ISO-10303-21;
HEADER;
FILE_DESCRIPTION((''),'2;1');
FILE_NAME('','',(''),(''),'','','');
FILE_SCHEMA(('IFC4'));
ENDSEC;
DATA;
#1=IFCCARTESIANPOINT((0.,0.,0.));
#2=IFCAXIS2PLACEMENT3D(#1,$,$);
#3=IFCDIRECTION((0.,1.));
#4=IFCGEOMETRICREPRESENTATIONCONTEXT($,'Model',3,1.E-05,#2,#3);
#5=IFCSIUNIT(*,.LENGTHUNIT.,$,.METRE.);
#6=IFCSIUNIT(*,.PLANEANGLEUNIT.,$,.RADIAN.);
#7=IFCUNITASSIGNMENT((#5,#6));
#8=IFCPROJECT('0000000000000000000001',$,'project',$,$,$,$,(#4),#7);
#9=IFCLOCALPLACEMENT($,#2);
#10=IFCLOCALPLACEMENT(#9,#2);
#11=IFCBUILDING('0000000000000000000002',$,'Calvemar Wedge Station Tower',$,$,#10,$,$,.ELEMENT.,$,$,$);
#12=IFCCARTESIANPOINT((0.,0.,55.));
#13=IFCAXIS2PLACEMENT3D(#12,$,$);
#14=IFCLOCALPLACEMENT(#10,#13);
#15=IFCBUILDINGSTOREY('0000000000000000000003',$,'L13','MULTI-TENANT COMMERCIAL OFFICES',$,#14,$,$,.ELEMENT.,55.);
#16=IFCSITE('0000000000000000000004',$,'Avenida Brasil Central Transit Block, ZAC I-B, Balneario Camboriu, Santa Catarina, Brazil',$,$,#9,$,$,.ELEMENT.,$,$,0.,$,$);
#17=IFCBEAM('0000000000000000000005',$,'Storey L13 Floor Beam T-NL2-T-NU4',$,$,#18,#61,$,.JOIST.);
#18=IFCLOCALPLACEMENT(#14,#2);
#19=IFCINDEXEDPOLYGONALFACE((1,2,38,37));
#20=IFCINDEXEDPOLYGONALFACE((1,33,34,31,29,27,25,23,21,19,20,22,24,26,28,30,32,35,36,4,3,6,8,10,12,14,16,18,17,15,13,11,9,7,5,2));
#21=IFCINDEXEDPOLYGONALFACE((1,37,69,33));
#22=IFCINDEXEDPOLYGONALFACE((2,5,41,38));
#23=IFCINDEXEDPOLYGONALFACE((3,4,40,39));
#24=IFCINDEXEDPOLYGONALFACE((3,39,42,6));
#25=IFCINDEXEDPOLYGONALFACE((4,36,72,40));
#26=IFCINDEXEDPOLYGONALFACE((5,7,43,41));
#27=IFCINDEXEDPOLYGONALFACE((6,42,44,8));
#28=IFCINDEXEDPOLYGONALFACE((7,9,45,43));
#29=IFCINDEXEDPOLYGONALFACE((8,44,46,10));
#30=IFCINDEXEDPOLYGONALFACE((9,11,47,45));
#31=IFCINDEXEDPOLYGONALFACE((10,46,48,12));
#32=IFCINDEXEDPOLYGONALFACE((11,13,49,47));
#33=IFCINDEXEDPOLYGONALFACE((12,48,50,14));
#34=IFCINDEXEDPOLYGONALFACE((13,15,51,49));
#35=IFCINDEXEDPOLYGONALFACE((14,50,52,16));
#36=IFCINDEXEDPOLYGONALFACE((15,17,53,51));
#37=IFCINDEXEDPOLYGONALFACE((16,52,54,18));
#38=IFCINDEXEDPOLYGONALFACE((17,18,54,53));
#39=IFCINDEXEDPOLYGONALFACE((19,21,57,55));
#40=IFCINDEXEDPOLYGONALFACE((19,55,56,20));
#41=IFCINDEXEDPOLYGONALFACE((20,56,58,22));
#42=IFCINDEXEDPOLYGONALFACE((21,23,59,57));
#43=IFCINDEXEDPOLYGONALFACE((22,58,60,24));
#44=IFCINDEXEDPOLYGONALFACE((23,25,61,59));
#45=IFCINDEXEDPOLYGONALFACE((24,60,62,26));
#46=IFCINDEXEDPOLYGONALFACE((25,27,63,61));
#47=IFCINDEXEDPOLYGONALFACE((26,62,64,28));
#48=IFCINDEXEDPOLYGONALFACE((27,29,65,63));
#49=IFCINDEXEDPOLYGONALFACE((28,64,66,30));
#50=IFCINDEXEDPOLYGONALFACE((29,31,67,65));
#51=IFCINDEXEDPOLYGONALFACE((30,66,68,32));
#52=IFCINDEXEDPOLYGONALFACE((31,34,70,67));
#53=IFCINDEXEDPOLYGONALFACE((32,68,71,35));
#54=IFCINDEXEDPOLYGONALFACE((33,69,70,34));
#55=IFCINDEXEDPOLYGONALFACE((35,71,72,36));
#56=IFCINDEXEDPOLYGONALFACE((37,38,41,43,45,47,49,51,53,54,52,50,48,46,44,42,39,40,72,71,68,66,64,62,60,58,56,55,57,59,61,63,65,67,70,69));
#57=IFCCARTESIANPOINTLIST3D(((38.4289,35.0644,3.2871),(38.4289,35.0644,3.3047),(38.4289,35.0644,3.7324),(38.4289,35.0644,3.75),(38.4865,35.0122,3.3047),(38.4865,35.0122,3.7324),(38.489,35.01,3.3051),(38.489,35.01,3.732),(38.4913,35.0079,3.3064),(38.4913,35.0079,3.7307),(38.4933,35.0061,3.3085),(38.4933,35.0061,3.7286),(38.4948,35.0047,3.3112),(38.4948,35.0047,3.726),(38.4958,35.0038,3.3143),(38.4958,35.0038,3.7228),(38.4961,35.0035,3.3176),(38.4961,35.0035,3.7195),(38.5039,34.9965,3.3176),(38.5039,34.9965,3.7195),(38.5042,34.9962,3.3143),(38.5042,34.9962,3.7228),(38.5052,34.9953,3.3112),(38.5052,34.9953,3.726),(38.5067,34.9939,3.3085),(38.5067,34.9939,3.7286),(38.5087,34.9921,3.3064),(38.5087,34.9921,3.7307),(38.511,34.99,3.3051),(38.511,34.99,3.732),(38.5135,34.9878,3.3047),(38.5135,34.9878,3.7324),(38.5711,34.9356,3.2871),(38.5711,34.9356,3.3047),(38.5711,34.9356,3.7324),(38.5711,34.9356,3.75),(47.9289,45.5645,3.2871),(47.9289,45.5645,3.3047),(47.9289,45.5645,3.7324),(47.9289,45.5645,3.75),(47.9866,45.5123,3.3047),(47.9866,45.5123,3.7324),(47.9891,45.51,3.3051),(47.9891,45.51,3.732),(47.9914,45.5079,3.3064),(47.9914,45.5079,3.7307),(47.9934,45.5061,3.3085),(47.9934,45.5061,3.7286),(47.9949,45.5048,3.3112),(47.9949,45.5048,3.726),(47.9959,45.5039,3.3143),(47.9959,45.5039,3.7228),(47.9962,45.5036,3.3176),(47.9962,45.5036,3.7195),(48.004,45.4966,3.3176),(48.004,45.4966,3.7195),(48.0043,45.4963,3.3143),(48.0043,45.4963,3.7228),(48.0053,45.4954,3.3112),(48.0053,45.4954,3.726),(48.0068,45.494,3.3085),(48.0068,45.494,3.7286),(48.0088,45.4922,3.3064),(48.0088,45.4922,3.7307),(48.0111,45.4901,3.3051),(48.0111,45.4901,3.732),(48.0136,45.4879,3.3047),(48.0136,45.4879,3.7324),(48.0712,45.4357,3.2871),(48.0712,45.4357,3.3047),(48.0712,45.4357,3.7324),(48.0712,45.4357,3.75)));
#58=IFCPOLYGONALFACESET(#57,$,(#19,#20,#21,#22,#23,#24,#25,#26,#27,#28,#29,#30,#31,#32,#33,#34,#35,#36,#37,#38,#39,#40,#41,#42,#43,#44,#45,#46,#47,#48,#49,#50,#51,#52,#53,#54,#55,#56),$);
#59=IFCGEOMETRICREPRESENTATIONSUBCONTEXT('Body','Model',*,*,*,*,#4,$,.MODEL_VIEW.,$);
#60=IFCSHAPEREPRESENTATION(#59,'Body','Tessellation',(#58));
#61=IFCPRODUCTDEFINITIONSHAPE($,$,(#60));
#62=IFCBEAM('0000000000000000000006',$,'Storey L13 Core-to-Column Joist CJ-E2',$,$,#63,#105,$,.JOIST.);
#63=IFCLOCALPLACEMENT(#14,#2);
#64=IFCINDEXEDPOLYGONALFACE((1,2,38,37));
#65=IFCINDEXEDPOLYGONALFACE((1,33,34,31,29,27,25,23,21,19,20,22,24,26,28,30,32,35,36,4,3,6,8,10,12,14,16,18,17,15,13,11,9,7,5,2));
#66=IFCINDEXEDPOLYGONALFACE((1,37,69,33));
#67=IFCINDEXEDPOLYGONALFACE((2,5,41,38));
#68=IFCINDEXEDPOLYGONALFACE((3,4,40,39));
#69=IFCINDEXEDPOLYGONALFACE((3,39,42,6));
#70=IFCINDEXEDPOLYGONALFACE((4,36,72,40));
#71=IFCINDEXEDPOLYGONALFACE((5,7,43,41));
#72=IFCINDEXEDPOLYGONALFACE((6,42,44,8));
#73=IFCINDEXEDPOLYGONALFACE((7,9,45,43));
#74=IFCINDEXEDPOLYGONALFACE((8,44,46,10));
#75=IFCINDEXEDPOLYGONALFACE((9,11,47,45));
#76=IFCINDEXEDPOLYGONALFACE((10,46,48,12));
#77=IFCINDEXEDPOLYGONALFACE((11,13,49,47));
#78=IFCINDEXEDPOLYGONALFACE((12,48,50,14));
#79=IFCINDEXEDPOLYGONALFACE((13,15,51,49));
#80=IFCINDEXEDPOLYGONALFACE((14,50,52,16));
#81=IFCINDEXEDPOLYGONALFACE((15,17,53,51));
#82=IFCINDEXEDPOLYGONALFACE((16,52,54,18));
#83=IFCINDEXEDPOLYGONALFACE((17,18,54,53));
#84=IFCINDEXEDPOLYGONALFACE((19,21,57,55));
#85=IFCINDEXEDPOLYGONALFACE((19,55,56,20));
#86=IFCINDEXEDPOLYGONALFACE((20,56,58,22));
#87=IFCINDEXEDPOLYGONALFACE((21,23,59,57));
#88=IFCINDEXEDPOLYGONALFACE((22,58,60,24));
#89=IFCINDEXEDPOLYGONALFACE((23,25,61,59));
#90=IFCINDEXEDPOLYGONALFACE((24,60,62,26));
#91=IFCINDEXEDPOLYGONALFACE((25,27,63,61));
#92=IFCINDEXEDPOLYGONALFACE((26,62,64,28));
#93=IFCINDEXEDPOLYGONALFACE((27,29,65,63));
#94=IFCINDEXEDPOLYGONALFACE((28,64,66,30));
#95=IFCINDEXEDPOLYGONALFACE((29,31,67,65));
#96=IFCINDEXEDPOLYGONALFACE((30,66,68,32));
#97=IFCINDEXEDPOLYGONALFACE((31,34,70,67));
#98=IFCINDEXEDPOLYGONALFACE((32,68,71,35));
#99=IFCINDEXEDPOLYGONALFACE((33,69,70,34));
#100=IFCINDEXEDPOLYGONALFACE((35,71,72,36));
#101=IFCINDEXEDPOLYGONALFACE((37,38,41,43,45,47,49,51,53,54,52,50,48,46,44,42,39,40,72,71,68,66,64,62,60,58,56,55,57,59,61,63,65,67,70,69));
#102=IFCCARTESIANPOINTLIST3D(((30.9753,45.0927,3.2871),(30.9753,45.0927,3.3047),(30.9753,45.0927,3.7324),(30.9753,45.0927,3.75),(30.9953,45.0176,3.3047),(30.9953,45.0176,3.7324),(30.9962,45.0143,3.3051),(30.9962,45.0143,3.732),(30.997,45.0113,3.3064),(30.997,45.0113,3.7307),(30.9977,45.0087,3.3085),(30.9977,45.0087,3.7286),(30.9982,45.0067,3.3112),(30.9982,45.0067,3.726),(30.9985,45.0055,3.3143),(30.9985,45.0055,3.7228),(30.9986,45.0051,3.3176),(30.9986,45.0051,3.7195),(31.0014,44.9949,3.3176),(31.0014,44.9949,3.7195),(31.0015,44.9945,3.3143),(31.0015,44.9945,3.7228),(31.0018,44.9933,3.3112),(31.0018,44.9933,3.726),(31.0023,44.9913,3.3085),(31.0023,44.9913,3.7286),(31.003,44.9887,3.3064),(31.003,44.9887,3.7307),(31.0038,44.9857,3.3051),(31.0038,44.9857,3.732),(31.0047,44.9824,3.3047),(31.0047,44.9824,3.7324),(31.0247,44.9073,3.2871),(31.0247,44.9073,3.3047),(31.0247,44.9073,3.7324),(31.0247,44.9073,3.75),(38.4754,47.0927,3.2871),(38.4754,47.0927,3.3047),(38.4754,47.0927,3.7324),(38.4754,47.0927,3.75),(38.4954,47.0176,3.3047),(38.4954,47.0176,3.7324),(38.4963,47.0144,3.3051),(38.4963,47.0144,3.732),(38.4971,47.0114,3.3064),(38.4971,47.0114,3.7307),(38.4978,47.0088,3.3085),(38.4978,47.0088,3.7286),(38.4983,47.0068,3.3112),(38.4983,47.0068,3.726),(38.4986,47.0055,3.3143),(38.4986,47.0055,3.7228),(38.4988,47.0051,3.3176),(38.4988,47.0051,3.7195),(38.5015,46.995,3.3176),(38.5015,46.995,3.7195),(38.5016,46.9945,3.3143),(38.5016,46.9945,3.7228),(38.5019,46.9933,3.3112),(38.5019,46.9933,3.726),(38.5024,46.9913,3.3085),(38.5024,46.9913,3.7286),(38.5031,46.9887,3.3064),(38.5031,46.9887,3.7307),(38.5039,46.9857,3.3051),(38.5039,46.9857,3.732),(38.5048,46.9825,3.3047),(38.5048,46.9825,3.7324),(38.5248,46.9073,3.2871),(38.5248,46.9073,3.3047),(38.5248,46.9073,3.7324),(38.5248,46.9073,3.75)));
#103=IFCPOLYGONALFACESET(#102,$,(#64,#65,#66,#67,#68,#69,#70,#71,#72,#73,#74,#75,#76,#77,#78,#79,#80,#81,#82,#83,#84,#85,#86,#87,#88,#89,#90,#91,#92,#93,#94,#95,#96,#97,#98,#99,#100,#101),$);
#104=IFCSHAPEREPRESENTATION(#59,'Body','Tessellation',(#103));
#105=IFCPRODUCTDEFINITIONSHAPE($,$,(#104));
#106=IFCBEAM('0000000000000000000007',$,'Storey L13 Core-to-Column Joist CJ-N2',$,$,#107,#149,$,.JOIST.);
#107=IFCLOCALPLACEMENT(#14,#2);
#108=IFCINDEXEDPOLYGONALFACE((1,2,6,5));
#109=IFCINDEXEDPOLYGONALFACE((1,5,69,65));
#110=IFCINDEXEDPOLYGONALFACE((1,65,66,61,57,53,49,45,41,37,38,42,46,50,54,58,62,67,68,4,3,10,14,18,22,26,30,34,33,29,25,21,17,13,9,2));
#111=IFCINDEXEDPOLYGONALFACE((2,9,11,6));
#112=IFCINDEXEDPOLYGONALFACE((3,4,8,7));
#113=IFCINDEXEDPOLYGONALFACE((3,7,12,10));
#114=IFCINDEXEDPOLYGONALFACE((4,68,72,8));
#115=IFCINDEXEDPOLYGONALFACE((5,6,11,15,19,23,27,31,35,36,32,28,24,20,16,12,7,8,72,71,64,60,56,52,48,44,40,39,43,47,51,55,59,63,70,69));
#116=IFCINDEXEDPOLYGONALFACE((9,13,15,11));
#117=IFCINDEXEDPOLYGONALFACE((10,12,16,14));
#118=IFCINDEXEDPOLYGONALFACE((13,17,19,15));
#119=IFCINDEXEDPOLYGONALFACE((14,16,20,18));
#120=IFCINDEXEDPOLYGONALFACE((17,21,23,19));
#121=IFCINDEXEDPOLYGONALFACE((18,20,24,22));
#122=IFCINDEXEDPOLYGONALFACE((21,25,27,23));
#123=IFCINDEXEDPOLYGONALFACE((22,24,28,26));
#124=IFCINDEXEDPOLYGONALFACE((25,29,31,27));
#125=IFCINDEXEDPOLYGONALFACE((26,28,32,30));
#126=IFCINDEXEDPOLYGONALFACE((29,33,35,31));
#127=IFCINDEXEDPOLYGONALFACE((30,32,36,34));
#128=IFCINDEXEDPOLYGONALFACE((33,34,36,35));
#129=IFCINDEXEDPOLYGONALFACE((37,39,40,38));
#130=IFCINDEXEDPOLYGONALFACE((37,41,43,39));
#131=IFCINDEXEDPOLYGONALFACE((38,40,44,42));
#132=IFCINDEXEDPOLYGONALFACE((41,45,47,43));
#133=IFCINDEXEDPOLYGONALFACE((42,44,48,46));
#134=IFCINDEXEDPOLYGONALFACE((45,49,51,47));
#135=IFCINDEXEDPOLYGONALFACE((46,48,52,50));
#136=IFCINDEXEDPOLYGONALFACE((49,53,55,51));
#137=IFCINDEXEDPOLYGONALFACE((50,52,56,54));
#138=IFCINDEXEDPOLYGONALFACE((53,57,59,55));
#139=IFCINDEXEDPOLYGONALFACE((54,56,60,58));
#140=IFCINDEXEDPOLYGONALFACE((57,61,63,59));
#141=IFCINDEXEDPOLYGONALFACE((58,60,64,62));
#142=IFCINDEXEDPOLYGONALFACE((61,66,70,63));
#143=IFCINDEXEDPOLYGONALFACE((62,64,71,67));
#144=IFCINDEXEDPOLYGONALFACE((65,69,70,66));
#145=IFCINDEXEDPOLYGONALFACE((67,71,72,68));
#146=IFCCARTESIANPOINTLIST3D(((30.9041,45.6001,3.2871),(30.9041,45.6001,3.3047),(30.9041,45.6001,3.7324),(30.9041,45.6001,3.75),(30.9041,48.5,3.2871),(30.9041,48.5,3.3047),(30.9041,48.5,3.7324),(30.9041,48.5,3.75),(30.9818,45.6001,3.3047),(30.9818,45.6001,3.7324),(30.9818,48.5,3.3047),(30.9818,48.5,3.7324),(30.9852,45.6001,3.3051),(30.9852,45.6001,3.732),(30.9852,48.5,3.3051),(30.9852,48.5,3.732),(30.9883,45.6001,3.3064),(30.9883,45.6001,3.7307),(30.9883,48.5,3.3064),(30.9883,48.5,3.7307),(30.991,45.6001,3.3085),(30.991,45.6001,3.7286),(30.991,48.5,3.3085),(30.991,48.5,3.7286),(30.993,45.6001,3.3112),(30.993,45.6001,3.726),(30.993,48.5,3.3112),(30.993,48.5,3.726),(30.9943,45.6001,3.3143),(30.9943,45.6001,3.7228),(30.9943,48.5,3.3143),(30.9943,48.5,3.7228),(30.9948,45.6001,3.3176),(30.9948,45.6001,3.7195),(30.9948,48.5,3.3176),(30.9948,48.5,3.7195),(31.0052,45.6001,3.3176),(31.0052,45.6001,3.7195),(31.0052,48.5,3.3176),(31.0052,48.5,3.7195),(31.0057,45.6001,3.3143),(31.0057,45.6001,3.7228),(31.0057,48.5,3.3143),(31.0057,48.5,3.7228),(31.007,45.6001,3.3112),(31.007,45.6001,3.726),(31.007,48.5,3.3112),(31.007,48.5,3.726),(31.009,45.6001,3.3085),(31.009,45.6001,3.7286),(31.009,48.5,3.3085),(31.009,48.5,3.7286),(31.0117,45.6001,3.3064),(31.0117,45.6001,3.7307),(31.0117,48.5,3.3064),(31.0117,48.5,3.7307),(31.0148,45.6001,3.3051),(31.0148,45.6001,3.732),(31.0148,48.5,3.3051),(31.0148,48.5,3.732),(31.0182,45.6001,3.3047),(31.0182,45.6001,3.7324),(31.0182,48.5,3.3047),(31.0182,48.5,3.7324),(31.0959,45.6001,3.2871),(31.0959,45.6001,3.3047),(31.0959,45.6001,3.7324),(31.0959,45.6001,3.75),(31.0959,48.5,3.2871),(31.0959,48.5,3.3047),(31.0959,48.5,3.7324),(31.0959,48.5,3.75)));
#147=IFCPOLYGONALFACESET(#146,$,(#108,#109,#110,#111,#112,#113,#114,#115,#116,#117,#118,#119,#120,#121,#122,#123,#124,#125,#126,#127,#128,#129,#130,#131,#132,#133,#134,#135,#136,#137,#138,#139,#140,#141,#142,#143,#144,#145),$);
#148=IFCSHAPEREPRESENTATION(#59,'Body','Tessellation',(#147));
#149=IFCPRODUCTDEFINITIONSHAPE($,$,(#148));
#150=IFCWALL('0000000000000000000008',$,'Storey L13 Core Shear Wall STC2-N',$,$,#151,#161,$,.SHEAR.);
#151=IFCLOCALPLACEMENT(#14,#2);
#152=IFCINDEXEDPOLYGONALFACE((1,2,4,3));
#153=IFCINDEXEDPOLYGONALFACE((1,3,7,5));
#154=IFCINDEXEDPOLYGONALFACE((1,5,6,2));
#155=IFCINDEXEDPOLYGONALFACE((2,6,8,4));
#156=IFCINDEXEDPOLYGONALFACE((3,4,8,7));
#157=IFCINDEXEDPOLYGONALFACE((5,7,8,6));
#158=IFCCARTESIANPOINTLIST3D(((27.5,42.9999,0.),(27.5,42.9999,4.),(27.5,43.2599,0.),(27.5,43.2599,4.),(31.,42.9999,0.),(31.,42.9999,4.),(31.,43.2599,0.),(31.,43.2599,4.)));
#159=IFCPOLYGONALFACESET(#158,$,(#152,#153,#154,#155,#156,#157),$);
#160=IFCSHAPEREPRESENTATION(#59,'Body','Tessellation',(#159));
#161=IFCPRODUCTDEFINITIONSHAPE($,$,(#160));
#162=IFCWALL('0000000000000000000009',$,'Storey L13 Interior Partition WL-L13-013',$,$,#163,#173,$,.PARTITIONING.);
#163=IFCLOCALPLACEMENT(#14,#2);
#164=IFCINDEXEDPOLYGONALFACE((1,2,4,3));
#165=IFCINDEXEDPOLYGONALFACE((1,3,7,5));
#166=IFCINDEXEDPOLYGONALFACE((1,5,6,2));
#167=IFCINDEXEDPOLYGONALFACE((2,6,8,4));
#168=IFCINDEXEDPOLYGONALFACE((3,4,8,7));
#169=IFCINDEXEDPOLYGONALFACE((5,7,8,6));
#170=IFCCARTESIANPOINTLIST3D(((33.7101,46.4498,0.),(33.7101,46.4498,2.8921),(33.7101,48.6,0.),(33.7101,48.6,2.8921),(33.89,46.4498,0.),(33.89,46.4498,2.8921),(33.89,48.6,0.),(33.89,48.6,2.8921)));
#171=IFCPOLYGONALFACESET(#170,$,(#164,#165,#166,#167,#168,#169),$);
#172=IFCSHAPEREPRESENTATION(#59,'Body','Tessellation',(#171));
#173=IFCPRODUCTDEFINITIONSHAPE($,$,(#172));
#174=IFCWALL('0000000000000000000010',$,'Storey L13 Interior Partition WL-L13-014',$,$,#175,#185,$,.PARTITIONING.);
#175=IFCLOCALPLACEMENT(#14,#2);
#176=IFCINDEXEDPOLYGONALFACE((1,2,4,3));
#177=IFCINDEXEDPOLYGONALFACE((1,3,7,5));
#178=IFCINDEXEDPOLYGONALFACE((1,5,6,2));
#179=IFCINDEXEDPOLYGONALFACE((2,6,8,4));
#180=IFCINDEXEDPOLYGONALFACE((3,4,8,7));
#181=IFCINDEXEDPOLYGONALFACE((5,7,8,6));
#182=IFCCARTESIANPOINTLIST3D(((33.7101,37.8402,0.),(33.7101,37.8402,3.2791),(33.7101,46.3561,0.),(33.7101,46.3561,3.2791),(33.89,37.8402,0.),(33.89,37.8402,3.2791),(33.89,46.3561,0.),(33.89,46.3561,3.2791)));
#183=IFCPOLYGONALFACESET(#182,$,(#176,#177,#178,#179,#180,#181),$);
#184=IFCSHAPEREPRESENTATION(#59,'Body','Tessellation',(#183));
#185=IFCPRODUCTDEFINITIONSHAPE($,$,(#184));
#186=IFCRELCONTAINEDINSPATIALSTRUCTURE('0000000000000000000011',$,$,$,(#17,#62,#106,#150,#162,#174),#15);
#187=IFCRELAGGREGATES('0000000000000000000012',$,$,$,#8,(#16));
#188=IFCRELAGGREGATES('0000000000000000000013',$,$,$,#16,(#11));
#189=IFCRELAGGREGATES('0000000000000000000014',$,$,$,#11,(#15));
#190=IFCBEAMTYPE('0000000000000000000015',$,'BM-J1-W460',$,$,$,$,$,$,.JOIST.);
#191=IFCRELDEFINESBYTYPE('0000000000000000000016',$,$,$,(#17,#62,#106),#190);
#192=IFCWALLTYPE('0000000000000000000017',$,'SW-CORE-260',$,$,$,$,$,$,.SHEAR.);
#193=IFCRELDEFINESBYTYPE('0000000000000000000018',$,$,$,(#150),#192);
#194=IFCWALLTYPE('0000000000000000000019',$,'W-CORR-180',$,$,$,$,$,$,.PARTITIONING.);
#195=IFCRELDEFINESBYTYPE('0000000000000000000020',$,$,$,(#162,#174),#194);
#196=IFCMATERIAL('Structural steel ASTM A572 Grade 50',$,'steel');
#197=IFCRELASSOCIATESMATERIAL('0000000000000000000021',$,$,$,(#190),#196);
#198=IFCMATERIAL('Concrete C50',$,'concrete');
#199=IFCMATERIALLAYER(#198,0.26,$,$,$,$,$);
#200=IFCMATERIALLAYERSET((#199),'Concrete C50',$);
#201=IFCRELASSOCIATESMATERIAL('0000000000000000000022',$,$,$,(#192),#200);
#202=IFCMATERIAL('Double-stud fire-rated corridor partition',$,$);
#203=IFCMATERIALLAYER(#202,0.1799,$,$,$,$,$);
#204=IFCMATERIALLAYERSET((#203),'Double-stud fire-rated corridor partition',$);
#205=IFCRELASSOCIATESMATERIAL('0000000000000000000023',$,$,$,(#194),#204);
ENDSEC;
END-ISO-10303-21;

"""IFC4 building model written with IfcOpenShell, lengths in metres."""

from ifc_helpers import new_model, si_unit, direction, frame, frame_2d, origin, origin_2d, place, context, subcontext, project, spatial, rectangle, i_section, extrude, source, transform, mapped, material, layer, layer_set, material_profile, profile_set, type_object, element, save


model = new_model("IFC4")

# Units and contexts
model_context = context("Model", 3, precision=1e-05, world=origin(), true_north=direction((0.0, 1.0)))
body_context = subcontext(model_context, "Body", "Model", "MODEL_VIEW")
ifc_project = project(units=[si_unit("LENGTHUNIT", "METRE"), si_unit("PLANEANGLEUNIT", "RADIAN")], contexts=[model_context])

# Site, building, storey
site_placement = place(None, origin())
site = spatial("IfcSite", under=ifc_project, at=site_placement, Name="Avenida Brasil Central Transit Block, ZAC I-B, Balneario Camboriu, Santa Catarina, Brazil", CompositionType="ELEMENT", RefElevation=0.0)
building_placement = place(site_placement, origin())
building = spatial("IfcBuilding", under=site, at=building_placement, Name="Calvemar Wedge Station Tower", CompositionType="ELEMENT")
storey_placement = place(building_placement, frame((0.0, 0.0, 55.0)))
storey = spatial("IfcBuildingStorey", under=building, at=storey_placement, Name="L13", Description="MULTI-TENANT COMMERCIAL OFFICES", CompositionType="ELEMENT", Elevation=55.0)

# Beams
ifc_material_1 = material(Name="Structural steel ASTM A572 Grade 50", Category="steel")
ifc_material_profile_1 = material_profile(ifc_material_1, i_section(OverallWidth=0.1919, OverallDepth=0.4629, WebThickness=0.0105, FlangeThickness=0.0176, FilletRadius=0.0129, at=origin_2d()), Name="W460x89")
ifc_profile_set_1 = profile_set([ifc_material_profile_1], Name="Structural steel ASTM A572 Grade 50")
beam_type_1 = type_object("IfcBeamType", Name="BM-J1-W460", PredefinedType="JOIST", material=ifc_profile_set_1)
shared_shape_1 = source(origin(), body_context, "Body", "SweptSolid", [
    extrude(i_section(OverallWidth=0.1919, OverallDepth=0.4629, WebThickness=0.0105, FlangeThickness=0.0176, FilletRadius=0.0129, at=origin_2d()), origin(), (0.0, 0.0, 1.0), 14.1599),
])
beam_1_placement = place(storey_placement, frame((38.5, 35.0, 3.5186), z_axis=(0.670913, 0.741536, 0.0), x_axis=(-0.741536, 0.670913, 0.0)))
element("IfcBeam", 1, at=beam_1_placement, inside=storey, type_object=beam_type_1, Name="Storey L13 Floor Beam T-NL2-T-NU4", PredefinedType="JOIST", context=body_context, shape_type="MappedRepresentation", body=[
    mapped(shared_shape_1, transform((0.0, 0.0, 0.0), scale=1.0)),
])
shared_shape_2 = source(origin(), body_context, "Body", "SweptSolid", [
    extrude(i_section(OverallWidth=0.1919, OverallDepth=0.4629, WebThickness=0.0105, FlangeThickness=0.0176, FilletRadius=0.0129, at=origin_2d()), origin(), (0.0, 0.0, 1.0), 7.7622),
])
beam_2_placement = place(storey_placement, frame((31.0, 45.0, 3.5186), z_axis=(0.966235, 0.257663, 0.0), x_axis=(-0.257663, 0.966235, 0.0)))
element("IfcBeam", 2, at=beam_2_placement, inside=storey, type_object=beam_type_1, Name="Storey L13 Core-to-Column Joist CJ-E2", PredefinedType="JOIST", context=body_context, shape_type="MappedRepresentation", body=[
    mapped(shared_shape_2, transform((0.0, 0.0, 0.0), scale=1.0)),
])
shared_shape_3 = source(origin(), body_context, "Body", "SweptSolid", [
    extrude(i_section(OverallWidth=0.1919, OverallDepth=0.4629, WebThickness=0.0105, FlangeThickness=0.0176, FilletRadius=0.0129, at=origin_2d()), origin(), (0.0, 0.0, 1.0), 2.8999),
])
beam_3_placement = place(storey_placement, frame((31.0, 45.6001, 3.5186), z_axis=(0.0, 1.0, 0.0), x_axis=(-1.0, 0.0, 0.0)))
element("IfcBeam", 3, at=beam_3_placement, inside=storey, type_object=beam_type_1, Name="Storey L13 Core-to-Column Joist CJ-N2", PredefinedType="JOIST", context=body_context, shape_type="MappedRepresentation", body=[
    mapped(shared_shape_3, transform((0.0, 0.0, 0.0), scale=1.0)),
])

# Wall
ifc_material_2 = material(Name="Concrete C50", Category="concrete")
ifc_layer_1 = layer(ifc_material_2, 0.26)
ifc_layer_set_1 = layer_set([ifc_layer_1], Name="Concrete C50")
wall_type_1 = type_object("IfcWallType", Name="SW-CORE-260", PredefinedType="SHEAR", material=ifc_layer_set_1)
wall_1_placement = place(storey_placement, frame((27.5, 43.1299, 0.0), z_axis=(0.0, 0.0, 1.0), x_axis=(1.0, 0.0, 0.0)))
element("IfcWall", 4, at=wall_1_placement, inside=storey, type_object=wall_type_1, Name="Storey L13 Core Shear Wall STC2-N", PredefinedType="SHEAR", context=body_context, shape_type="SweptSolid", body=[
    extrude(rectangle(XDim=3.5, YDim=0.26, at=frame_2d((1.75, 0.0))), origin(), (0.0, 0.0, 1.0), 4.0),
])

# Shared definitions
ifc_material_3 = material(Name="Double-stud fire-rated corridor partition")
ifc_layer_2 = layer(ifc_material_3, 0.1799)
ifc_layer_set_2 = layer_set([ifc_layer_2], Name="Double-stud fire-rated corridor partition")
wall_type_2 = type_object("IfcWallType", Name="W-CORR-180", PredefinedType="PARTITIONING", material=ifc_layer_set_2)

# Walls
wall_2_placement = place(storey_placement, frame((33.8, 48.6001, 0.0), z_axis=(0.0, 0.0, 1.0), x_axis=(0.0, -1.0, 0.0)))
element("IfcWall", 5, at=wall_2_placement, inside=storey, type_object=wall_type_2, Name="Storey L13 Interior Partition WL-L13-013", PredefinedType="PARTITIONING", context=body_context, shape_type="SweptSolid", body=[
    extrude(rectangle(XDim=2.1501, YDim=0.1799, at=frame_2d((1.0752, 0.0))), origin(), (0.0, 0.0, 1.0), 2.8921),
])
wall_3_placement = place(storey_placement, frame((33.8, 46.356, 0.0), z_axis=(0.0, 0.0, 1.0), x_axis=(0.0, -1.0, 0.0)))
element("IfcWall", 6, at=wall_3_placement, inside=storey, type_object=wall_type_2, Name="Storey L13 Interior Partition WL-L13-014", PredefinedType="PARTITIONING", context=body_context, shape_type="SweptSolid", body=[
    extrude(rectangle(XDim=8.5159, YDim=0.1799, at=frame_2d((4.2578, 0.0))), origin(), (0.0, 0.0, 1.0), 3.2791),
])

save(model, "model.ifc")
